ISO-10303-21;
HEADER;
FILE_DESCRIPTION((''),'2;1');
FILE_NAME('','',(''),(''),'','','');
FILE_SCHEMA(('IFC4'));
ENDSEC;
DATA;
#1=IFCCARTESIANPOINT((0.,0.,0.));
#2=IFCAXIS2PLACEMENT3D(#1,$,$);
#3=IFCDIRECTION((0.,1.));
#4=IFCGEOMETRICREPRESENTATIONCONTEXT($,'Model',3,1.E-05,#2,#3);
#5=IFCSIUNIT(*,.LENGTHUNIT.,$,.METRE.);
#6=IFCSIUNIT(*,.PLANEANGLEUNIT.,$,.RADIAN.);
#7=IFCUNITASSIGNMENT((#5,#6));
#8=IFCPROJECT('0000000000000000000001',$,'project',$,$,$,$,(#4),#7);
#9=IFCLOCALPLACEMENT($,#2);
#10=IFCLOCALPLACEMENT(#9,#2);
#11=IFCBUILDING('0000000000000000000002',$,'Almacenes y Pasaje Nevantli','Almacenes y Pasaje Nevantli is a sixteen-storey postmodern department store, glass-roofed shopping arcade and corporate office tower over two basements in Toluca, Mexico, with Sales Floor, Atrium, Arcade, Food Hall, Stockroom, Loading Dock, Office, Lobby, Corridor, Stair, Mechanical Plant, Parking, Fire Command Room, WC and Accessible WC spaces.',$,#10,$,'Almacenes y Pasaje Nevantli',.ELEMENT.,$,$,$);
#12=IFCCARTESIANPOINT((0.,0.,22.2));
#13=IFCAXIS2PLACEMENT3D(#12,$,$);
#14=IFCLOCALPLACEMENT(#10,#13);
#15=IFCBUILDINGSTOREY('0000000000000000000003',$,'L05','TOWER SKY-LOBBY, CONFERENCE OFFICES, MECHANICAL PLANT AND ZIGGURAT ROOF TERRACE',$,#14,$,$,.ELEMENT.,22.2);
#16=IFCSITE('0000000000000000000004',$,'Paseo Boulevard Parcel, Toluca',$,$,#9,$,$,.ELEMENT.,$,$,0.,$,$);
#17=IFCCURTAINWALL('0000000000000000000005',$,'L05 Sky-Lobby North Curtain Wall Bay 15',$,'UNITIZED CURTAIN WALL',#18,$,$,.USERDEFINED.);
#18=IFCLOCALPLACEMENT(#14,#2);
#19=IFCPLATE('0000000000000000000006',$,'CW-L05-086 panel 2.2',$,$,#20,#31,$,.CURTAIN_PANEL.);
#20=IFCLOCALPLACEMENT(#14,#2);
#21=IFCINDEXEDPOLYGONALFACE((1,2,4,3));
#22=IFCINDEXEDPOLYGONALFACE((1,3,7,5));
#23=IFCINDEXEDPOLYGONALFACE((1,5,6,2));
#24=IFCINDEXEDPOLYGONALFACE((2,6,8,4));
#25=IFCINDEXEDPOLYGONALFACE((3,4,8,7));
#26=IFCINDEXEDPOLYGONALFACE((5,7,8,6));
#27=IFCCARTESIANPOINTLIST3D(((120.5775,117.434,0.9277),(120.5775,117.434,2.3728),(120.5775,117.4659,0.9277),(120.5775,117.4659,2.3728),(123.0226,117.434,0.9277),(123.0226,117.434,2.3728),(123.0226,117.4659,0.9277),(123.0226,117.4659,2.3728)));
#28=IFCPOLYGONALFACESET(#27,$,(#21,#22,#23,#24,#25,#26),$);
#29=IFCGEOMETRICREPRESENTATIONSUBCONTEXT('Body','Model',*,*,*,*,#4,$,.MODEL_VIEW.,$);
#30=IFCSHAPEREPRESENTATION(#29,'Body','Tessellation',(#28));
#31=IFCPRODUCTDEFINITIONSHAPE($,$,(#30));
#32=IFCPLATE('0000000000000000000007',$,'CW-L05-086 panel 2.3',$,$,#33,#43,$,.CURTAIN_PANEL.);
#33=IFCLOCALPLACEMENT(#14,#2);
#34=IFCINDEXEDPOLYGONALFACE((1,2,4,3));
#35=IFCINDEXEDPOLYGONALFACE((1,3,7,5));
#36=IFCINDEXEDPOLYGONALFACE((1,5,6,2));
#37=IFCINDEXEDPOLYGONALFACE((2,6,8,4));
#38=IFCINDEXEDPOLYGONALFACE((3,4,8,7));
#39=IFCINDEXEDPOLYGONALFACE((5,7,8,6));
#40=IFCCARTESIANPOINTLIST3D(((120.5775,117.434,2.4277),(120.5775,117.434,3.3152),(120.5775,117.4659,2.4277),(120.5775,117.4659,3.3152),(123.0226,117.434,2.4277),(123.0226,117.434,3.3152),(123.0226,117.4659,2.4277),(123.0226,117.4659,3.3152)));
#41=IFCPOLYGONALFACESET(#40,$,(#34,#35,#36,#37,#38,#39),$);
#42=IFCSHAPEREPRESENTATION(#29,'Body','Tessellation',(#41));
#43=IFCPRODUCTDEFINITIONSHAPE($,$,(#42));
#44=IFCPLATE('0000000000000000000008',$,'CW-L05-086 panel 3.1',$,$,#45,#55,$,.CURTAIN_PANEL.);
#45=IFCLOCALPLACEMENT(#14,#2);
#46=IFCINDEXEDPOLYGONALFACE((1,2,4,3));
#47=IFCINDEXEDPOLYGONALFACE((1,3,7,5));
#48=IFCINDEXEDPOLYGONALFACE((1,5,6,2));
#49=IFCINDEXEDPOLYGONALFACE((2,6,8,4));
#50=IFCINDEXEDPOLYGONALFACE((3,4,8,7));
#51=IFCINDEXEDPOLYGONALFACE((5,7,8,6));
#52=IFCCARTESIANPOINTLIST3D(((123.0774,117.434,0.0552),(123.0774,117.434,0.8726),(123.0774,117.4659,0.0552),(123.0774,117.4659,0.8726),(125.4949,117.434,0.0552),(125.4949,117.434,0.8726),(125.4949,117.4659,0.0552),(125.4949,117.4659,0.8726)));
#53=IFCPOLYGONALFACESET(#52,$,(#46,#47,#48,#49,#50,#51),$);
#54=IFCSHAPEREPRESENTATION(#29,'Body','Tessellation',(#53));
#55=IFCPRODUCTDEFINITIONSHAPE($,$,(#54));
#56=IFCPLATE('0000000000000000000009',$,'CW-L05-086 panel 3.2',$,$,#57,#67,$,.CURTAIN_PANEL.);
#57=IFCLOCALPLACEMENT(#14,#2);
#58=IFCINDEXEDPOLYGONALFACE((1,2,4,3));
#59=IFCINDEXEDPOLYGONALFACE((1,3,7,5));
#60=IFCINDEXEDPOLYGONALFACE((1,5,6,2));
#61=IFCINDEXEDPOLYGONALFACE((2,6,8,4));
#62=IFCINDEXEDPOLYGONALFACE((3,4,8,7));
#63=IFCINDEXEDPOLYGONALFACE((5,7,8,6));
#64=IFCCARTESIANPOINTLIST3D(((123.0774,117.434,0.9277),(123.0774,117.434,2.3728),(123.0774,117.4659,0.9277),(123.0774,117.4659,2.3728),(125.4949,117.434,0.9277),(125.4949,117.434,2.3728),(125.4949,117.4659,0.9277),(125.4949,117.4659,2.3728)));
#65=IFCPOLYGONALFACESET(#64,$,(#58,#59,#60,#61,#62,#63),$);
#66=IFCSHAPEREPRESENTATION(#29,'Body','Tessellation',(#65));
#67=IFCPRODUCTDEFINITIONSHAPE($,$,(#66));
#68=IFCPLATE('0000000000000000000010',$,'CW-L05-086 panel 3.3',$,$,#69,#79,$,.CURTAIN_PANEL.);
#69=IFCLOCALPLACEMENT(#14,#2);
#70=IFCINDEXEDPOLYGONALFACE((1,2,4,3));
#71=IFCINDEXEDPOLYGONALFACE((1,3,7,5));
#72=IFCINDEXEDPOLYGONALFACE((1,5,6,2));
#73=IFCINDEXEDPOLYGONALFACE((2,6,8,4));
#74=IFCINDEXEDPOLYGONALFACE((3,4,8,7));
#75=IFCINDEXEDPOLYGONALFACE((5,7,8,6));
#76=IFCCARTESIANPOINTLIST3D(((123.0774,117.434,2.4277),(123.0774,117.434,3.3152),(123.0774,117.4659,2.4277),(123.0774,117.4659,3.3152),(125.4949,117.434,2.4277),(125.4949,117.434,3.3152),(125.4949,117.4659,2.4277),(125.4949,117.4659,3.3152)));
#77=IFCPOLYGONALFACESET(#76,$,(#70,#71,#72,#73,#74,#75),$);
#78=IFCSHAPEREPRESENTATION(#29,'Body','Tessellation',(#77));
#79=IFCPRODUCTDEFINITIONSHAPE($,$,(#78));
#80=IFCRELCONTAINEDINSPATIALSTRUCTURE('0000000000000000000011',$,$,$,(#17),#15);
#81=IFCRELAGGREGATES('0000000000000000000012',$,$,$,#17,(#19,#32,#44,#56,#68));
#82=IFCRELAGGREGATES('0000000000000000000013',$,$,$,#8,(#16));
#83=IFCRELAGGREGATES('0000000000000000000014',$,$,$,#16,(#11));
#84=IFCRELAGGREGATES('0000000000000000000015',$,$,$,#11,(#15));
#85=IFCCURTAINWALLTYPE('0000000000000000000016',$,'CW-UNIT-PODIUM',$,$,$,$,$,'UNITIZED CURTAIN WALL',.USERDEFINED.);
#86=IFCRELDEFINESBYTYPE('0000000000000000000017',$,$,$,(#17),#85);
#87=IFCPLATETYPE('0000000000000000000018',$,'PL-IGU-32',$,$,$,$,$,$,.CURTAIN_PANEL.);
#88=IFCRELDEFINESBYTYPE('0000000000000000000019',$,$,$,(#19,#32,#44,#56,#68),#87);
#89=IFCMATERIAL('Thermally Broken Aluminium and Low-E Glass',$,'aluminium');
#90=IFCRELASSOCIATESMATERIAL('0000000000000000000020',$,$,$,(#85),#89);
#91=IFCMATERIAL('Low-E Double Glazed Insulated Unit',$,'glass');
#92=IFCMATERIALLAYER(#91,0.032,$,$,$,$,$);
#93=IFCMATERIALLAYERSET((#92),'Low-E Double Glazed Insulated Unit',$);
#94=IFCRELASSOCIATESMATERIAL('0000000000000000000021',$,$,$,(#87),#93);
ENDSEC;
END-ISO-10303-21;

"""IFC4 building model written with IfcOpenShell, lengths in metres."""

from ifc_helpers import new_model, si_unit, direction, frame, origin, origin_2d, place, context, subcontext, project, spatial, rectangle, extrude, material, layer, layer_set, type_object, element, aggregate, save


model = new_model("IFC4")

# Units and contexts
model_context = context("Model", 3, precision=1e-05, world=origin(), true_north=direction((0.0, 1.0)))
body_context = subcontext(model_context, "Body", "Model", "MODEL_VIEW")
ifc_project = project(units=[si_unit("LENGTHUNIT", "METRE"), si_unit("PLANEANGLEUNIT", "RADIAN")], contexts=[model_context])

# Site, building, storey
site_placement = place(None, origin())
site = spatial("IfcSite", under=ifc_project, at=site_placement, Name="Paseo Boulevard Parcel, Toluca", CompositionType="ELEMENT", RefElevation=0.0)
building_placement = place(site_placement, origin())
building = spatial("IfcBuilding", under=site, at=building_placement, Name="Almacenes y Pasaje Nevantli", Description="Almacenes y Pasaje Nevantli is a sixteen-storey postmodern department store, glass-roofed shopping arcade and corporate office tower over two basements in Toluca, Mexico, with Sales Floor, Atrium, Arcade, Food Hall, Stockroom, Loading Dock, Office, Lobby, Corridor, Stair, Mechanical Plant, Parking, Fire Command Room, WC and Accessible WC spaces.", LongName="Almacenes y Pasaje Nevantli", CompositionType="ELEMENT")
storey_placement = place(building_placement, frame((0.0, 0.0, 22.2)))
storey = spatial("IfcBuildingStorey", under=building, at=storey_placement, Name="L05", Description="TOWER SKY-LOBBY, CONFERENCE OFFICES, MECHANICAL PLANT AND ZIGGURAT ROOF TERRACE", CompositionType="ELEMENT", Elevation=22.2)

# Shared definitions
ifc_material_1 = material(Name="Thermally Broken Aluminium and Low-E Glass", Category="aluminium")
curtain_wall_type = type_object("IfcCurtainWallType", Name="CW-UNIT-PODIUM", ElementType="UNITIZED CURTAIN WALL", PredefinedType="USERDEFINED", material=ifc_material_1)

# Curtain wall
curtain_wall_1_placement = place(storey_placement, origin())
curtain_wall_1 = element("IfcCurtainWall", 1, at=curtain_wall_1_placement, inside=storey, type_object=curtain_wall_type, Name="L05 Sky-Lobby North Curtain Wall Bay 15", ObjectType="UNITIZED CURTAIN WALL", PredefinedType="USERDEFINED")

# Plates
ifc_material_2 = material(Name="Low-E Double Glazed Insulated Unit", Category="glass")
ifc_layer = layer(ifc_material_2, 0.032)
ifc_layer_set = layer_set([ifc_layer], Name="Low-E Double Glazed Insulated Unit")
plate_type = type_object("IfcPlateType", Name="PL-IGU-32", PredefinedType="CURTAIN_PANEL", material=ifc_layer_set)
plate_1_placement = place(storey_placement, frame((121.8, 117.45, 0.9277), z_axis=(0.0, 0.0, 1.0), x_axis=(1.0, 0.0, 0.0)))
plate_1 = element("IfcPlate", 2, at=plate_1_placement, type_object=plate_type, Name="CW-L05-086 panel 2.2", PredefinedType="CURTAIN_PANEL", context=body_context, shape_type="SweptSolid", body=[
    extrude(rectangle(XDim=2.4451, YDim=0.032, at=origin_2d()), origin(), (0.0, 0.0, 1.0), 1.4451),
])
plate_2_placement = place(storey_placement, frame((121.8, 117.45, 2.4277), z_axis=(0.0, 0.0, 1.0), x_axis=(1.0, 0.0, 0.0)))
plate_2 = element("IfcPlate", 3, at=plate_2_placement, type_object=plate_type, Name="CW-L05-086 panel 2.3", PredefinedType="CURTAIN_PANEL", context=body_context, shape_type="SweptSolid", body=[
    extrude(rectangle(XDim=2.4451, YDim=0.032, at=origin_2d()), origin(), (0.0, 0.0, 1.0), 0.8875),
])
plate_3_placement = place(storey_placement, frame((124.2861, 117.45, 0.0552), z_axis=(0.0, 0.0, 1.0), x_axis=(1.0, 0.0, 0.0)))
plate_3 = element("IfcPlate", 4, at=plate_3_placement, type_object=plate_type, Name="CW-L05-086 panel 3.1", PredefinedType="CURTAIN_PANEL", context=body_context, shape_type="SweptSolid", body=[
    extrude(rectangle(XDim=2.4175, YDim=0.032, at=origin_2d()), origin(), (0.0, 0.0, 1.0), 0.8174),
])
plate_4_placement = place(storey_placement, frame((124.2861, 117.45, 0.9277), z_axis=(0.0, 0.0, 1.0), x_axis=(1.0, 0.0, 0.0)))
plate_4 = element("IfcPlate", 5, at=plate_4_placement, type_object=plate_type, Name="CW-L05-086 panel 3.2", PredefinedType="CURTAIN_PANEL", context=body_context, shape_type="SweptSolid", body=[
    extrude(rectangle(XDim=2.4175, YDim=0.032, at=origin_2d()), origin(), (0.0, 0.0, 1.0), 1.4451),
])
plate_5_placement = place(storey_placement, frame((124.2861, 117.45, 2.4277), z_axis=(0.0, 0.0, 1.0), x_axis=(1.0, 0.0, 0.0)))
plate_5 = element("IfcPlate", 6, at=plate_5_placement, type_object=plate_type, Name="CW-L05-086 panel 3.3", PredefinedType="CURTAIN_PANEL", context=body_context, shape_type="SweptSolid", body=[
    extrude(rectangle(XDim=2.4175, YDim=0.032, at=origin_2d()), origin(), (0.0, 0.0, 1.0), 0.8875),
])
aggregate(curtain_wall_1, [plate_1, plate_2, plate_3, plate_4, plate_5])

save(model, "model.ifc")
